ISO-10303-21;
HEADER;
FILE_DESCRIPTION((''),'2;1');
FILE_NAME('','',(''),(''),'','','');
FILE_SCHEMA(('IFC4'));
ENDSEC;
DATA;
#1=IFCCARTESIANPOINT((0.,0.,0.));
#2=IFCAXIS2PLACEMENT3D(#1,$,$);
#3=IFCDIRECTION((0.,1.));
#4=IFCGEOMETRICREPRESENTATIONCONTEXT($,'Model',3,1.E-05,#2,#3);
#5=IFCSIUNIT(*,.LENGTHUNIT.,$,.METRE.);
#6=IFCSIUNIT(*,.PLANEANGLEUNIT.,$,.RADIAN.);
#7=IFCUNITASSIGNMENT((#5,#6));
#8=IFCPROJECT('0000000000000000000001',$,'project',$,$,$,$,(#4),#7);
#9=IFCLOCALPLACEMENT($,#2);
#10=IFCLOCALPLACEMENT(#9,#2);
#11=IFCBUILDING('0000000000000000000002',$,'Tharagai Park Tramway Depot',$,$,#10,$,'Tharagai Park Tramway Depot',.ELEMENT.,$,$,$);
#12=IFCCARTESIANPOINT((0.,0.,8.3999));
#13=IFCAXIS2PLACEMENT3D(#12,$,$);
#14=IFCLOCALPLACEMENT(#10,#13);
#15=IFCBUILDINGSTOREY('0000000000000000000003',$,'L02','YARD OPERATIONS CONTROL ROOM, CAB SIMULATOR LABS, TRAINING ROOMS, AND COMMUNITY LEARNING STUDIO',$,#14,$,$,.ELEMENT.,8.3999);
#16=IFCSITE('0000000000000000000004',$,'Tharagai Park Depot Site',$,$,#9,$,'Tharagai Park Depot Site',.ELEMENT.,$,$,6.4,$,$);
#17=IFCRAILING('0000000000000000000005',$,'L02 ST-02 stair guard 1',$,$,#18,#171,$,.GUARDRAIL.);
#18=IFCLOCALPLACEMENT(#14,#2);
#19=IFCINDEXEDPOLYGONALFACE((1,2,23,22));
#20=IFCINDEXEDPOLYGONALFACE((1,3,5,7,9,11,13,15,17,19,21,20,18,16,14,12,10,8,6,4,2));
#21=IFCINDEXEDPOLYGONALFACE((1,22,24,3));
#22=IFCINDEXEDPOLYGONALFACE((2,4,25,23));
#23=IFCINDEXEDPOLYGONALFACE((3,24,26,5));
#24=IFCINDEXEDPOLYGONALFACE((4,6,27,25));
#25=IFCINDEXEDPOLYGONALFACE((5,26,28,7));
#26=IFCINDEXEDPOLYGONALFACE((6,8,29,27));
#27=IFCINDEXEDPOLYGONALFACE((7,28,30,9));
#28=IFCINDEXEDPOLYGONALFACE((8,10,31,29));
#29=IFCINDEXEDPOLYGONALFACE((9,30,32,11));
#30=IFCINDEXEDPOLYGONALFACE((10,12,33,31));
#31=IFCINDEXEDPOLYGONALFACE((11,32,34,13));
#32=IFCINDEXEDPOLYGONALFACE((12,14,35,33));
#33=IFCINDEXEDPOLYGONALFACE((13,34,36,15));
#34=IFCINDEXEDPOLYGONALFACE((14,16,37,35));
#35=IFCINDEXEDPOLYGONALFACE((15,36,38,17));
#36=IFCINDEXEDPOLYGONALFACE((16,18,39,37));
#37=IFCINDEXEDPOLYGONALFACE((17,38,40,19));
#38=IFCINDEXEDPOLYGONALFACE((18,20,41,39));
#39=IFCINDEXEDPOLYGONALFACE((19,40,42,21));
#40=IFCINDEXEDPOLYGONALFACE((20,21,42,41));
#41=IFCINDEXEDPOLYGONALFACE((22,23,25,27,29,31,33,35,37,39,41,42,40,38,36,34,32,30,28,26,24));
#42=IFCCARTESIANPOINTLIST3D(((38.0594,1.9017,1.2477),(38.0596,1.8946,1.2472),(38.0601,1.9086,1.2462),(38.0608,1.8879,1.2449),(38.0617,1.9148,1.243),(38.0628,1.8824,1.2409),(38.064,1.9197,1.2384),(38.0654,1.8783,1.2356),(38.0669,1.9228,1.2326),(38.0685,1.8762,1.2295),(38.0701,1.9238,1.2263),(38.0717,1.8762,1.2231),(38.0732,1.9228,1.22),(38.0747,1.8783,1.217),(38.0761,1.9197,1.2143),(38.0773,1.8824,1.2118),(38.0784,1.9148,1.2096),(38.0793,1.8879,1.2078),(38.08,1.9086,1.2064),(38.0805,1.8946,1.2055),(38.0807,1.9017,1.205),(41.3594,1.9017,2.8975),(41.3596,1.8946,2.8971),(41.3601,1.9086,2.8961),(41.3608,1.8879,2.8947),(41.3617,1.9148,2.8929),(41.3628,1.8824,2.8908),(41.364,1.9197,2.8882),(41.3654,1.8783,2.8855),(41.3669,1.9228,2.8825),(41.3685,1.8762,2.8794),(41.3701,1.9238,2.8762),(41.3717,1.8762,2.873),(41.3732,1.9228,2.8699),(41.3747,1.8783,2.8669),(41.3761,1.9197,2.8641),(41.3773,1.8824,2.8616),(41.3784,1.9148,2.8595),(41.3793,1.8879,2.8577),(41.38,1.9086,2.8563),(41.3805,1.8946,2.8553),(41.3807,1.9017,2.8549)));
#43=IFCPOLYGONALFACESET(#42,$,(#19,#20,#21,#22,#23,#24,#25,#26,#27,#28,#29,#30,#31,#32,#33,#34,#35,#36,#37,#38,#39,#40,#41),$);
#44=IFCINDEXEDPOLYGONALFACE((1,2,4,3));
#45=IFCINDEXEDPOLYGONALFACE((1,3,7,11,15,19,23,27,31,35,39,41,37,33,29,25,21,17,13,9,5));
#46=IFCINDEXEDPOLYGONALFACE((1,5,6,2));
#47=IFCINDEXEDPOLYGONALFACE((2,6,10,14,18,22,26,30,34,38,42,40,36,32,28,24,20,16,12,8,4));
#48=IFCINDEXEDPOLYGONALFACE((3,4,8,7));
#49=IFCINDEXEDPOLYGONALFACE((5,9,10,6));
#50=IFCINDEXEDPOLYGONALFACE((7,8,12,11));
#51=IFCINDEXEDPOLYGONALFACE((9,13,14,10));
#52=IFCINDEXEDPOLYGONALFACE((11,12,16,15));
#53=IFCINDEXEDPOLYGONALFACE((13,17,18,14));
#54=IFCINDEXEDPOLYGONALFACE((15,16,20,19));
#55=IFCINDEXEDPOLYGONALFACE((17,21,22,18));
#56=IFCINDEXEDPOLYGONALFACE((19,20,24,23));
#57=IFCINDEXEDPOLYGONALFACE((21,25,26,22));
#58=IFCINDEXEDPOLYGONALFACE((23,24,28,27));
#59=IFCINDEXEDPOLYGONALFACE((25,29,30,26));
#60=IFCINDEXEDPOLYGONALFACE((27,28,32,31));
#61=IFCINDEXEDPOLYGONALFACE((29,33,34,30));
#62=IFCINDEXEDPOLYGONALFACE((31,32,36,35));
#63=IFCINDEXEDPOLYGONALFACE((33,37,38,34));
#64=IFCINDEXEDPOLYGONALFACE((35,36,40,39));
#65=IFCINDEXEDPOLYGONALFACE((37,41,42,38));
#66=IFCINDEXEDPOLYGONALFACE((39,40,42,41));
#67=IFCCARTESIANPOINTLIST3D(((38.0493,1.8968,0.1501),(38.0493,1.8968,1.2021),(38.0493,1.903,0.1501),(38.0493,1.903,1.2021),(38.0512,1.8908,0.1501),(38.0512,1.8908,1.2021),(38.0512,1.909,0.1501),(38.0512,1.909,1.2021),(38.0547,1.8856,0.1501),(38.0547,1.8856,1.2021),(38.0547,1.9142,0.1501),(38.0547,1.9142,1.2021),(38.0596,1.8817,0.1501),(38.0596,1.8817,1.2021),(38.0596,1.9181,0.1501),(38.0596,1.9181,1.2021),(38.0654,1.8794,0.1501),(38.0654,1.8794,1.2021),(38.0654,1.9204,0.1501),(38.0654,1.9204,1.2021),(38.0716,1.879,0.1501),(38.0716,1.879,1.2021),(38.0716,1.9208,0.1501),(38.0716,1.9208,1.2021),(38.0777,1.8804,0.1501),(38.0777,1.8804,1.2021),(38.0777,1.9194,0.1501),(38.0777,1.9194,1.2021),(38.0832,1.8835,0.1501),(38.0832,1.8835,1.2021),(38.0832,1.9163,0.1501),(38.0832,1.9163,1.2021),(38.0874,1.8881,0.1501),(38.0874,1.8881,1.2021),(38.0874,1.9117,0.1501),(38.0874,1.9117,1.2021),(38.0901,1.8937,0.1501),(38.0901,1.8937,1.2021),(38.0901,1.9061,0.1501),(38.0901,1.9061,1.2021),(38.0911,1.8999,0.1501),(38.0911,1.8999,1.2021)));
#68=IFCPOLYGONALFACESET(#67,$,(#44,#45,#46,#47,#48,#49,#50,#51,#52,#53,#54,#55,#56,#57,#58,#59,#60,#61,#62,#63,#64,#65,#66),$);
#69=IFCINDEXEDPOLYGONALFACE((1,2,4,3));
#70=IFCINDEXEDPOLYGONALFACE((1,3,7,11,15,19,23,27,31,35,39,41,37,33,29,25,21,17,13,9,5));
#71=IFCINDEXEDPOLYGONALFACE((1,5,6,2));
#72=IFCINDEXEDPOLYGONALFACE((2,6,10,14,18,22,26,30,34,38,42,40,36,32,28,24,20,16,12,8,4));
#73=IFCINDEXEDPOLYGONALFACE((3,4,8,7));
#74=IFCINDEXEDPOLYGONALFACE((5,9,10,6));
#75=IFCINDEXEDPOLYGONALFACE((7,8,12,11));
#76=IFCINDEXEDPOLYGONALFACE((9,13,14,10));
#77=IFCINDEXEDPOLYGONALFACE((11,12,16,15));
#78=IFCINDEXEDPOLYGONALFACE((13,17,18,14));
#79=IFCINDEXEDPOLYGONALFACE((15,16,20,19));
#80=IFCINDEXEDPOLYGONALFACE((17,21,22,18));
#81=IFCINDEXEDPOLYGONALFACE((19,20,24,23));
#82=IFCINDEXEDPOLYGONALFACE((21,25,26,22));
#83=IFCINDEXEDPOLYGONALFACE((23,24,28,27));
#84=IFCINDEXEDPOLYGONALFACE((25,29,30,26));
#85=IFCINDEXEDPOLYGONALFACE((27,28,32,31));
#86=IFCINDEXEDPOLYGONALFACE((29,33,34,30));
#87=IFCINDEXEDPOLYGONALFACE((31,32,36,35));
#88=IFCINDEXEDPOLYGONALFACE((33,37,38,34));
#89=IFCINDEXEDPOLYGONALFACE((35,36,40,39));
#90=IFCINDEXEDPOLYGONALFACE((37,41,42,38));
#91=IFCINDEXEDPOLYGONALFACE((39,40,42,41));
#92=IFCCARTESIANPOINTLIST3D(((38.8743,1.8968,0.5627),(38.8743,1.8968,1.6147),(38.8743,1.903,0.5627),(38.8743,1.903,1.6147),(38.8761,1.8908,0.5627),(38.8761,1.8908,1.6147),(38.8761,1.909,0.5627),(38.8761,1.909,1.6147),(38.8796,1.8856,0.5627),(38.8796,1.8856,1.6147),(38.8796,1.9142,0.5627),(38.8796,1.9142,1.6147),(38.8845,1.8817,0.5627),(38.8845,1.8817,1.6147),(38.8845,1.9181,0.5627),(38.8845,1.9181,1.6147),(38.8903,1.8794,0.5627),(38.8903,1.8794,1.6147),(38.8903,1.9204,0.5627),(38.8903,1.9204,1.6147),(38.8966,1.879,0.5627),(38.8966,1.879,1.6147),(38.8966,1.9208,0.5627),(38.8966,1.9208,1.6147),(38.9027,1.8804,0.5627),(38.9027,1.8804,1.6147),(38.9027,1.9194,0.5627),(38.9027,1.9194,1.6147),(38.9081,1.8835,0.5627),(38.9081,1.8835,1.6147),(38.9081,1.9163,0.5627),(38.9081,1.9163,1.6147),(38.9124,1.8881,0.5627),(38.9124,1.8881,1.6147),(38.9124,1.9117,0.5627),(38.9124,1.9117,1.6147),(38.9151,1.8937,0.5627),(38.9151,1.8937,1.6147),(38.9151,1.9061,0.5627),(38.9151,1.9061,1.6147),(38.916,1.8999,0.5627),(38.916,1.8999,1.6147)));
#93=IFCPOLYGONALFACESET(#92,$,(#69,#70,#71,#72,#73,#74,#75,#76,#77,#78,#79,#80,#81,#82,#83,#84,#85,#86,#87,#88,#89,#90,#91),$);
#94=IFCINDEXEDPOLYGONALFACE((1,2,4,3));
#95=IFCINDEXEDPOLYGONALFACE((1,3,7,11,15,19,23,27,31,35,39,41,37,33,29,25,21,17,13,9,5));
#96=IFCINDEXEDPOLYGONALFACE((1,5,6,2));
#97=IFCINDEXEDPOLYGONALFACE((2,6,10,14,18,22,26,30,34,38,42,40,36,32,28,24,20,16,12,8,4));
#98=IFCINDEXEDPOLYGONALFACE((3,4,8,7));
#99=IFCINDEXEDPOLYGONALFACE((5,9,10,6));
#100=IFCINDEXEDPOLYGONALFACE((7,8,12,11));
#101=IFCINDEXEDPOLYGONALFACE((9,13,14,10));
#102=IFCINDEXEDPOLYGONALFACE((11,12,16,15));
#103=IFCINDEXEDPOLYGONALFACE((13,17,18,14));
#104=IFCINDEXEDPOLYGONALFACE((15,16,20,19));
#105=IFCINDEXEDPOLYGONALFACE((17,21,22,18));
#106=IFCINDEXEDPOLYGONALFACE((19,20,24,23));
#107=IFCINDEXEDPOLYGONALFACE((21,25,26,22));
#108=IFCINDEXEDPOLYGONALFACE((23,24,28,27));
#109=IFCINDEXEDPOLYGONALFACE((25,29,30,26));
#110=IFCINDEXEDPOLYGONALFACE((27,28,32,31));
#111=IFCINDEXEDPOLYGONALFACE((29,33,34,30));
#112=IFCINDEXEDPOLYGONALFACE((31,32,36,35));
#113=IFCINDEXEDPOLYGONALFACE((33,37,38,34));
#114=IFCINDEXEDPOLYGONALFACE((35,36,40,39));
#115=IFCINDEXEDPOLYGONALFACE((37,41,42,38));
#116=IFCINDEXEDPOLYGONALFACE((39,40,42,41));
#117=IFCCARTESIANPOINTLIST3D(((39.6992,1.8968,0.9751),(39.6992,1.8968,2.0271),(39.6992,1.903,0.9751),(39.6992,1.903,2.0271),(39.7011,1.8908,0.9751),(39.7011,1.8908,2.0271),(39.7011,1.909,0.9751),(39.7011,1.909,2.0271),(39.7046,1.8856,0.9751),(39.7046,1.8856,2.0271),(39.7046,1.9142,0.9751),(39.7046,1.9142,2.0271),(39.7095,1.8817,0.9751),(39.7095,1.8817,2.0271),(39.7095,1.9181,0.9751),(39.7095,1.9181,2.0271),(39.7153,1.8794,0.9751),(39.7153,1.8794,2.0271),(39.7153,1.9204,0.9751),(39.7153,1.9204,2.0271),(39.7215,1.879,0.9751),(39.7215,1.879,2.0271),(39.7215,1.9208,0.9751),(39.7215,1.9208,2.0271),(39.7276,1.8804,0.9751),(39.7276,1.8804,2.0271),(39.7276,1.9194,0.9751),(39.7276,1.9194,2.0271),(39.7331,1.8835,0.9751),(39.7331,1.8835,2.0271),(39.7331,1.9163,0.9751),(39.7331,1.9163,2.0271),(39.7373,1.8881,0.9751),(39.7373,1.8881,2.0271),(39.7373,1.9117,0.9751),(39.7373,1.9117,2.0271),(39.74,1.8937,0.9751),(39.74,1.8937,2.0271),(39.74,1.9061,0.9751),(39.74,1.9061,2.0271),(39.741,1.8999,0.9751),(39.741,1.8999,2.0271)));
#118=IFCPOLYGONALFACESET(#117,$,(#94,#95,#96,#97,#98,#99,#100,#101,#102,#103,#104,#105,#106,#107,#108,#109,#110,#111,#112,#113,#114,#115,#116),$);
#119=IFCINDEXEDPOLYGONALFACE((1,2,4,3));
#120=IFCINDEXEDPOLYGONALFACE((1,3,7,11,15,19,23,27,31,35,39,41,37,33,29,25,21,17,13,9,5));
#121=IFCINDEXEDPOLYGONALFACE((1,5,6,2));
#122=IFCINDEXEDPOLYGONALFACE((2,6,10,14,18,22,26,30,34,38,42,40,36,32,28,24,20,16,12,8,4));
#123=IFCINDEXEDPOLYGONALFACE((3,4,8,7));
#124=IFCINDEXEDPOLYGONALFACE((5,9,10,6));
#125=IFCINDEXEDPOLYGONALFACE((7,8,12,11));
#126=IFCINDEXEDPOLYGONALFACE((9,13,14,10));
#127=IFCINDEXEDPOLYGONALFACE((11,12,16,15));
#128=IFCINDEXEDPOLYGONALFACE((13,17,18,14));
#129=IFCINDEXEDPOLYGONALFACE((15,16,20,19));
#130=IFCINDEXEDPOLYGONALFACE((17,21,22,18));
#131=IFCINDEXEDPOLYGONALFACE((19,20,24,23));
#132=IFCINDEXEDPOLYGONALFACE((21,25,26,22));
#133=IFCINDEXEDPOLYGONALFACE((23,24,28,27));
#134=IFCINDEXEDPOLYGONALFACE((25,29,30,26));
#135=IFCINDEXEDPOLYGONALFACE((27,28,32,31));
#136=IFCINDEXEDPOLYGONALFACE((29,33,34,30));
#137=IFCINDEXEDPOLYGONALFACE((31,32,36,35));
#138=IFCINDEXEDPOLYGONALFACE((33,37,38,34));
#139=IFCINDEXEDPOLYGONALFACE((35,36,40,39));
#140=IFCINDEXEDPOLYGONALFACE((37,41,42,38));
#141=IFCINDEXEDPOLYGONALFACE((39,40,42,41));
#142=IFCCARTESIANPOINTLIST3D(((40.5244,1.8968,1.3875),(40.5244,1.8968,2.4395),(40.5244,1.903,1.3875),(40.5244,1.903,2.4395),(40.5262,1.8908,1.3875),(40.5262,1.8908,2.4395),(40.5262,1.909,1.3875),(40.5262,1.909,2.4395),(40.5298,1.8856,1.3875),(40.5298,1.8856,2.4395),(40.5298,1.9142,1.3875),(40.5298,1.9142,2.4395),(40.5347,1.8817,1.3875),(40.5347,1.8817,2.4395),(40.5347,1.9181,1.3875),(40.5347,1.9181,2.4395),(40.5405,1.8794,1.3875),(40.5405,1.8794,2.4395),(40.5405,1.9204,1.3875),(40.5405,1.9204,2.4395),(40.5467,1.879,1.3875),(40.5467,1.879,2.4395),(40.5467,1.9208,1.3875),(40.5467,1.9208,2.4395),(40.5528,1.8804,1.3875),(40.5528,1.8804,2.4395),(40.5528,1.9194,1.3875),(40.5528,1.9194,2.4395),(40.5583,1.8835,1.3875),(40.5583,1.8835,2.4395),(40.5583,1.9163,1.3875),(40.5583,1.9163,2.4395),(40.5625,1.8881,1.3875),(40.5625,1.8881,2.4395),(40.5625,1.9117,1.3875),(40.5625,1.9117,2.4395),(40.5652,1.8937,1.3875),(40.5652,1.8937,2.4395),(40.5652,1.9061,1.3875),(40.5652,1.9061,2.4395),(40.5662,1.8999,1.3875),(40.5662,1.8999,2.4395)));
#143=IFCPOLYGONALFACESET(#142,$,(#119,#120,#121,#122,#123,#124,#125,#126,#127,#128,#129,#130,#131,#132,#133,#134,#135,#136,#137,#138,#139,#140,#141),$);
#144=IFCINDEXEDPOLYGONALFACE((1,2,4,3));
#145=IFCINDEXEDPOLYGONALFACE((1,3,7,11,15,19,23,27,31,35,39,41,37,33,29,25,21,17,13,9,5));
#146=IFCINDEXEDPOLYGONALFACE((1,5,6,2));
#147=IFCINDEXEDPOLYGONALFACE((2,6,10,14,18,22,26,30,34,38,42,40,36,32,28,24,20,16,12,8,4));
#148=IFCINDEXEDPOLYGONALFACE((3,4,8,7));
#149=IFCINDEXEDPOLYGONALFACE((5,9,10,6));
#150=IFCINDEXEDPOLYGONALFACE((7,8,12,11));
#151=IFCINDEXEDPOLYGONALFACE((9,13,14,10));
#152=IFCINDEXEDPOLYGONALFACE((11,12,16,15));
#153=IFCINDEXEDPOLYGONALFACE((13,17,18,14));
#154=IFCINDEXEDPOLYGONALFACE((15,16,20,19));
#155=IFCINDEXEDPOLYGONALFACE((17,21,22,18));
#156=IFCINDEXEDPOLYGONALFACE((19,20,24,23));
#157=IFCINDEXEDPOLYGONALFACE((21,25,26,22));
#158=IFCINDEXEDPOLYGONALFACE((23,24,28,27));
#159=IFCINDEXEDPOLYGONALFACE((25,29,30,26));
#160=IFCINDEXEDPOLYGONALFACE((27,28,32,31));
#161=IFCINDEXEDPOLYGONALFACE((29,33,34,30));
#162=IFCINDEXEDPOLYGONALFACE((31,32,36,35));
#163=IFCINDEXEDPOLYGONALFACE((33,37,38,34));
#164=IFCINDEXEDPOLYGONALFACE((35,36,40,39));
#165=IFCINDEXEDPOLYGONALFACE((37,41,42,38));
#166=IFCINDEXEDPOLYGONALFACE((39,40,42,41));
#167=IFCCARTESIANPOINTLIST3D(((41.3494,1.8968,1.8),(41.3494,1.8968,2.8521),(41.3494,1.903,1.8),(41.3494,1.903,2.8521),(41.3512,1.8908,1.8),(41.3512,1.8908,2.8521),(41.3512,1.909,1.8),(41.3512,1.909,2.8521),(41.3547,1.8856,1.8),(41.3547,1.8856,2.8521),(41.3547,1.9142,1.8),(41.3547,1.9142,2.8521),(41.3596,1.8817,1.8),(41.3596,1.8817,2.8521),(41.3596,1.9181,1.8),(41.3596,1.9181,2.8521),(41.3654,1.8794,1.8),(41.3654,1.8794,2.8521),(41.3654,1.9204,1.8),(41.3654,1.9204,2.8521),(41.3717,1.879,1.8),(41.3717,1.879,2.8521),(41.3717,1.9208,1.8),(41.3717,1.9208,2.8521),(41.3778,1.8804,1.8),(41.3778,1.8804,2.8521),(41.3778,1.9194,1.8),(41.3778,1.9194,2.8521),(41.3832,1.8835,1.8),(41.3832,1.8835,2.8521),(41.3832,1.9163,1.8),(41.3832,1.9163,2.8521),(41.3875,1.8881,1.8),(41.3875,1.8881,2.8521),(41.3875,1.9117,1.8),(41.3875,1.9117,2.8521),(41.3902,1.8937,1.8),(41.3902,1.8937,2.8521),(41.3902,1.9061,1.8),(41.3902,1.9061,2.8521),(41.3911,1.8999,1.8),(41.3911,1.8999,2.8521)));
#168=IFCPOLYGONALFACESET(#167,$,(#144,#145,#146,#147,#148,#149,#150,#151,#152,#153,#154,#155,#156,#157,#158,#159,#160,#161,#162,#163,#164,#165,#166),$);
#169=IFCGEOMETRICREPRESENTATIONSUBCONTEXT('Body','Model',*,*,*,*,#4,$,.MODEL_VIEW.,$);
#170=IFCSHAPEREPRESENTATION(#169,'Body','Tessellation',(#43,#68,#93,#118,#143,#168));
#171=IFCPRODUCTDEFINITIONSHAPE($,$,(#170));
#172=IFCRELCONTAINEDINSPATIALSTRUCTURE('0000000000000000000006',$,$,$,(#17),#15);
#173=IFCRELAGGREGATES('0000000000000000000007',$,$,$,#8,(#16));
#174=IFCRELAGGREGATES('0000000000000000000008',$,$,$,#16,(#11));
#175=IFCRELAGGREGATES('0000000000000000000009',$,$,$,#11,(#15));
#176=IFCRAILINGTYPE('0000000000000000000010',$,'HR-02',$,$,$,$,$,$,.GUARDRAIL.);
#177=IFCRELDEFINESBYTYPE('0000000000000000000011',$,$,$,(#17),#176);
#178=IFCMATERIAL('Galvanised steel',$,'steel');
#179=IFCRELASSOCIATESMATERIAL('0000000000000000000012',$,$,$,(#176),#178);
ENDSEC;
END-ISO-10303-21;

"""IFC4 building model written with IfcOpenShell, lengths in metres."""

from ifc_helpers import new_model, si_unit, direction, frame, origin, origin_2d, place, context, subcontext, project, spatial, circle, extrude, material, type_object, element, save


model = new_model("IFC4")

# Units and contexts
model_context = context("Model", 3, precision=1e-05, world=origin(), true_north=direction((0.0, 1.0)))
body_context = subcontext(model_context, "Body", "Model", "MODEL_VIEW")
ifc_project = project(units=[si_unit("LENGTHUNIT", "METRE"), si_unit("PLANEANGLEUNIT", "RADIAN")], contexts=[model_context])

# Site, building, storey
site_placement = place(None, origin())
site = spatial("IfcSite", under=ifc_project, at=site_placement, Name="Tharagai Park Depot Site", LongName="Tharagai Park Depot Site", CompositionType="ELEMENT", RefElevation=6.4)
building_placement = place(site_placement, origin())
building = spatial("IfcBuilding", under=site, at=building_placement, Name="Tharagai Park Tramway Depot", LongName="Tharagai Park Tramway Depot", CompositionType="ELEMENT")
storey_placement = place(building_placement, frame((0.0, 0.0, 8.3999)))
storey = spatial("IfcBuildingStorey", under=building, at=storey_placement, Name="L02", Description="YARD OPERATIONS CONTROL ROOM, CAB SIMULATOR LABS, TRAINING ROOMS, AND COMMUNITY LEARNING STUDIO", CompositionType="ELEMENT", Elevation=8.3999)

# Railing
ifc_material_1 = material(Name="Galvanised steel", Category="steel")
railing_type_1 = type_object("IfcRailingType", Name="HR-02", PredefinedType="GUARDRAIL", material=ifc_material_1)
railing_1_placement = place(storey_placement, frame((38.0701, 1.8999, 0.1501)))
element("IfcRailing", 1, at=railing_1_placement, inside=storey, type_object=railing_type_1, Name="L02 ST-02 stair guard 1", PredefinedType="GUARDRAIL", context=body_context, shape_type="SweptSolid", body=[
    extrude(circle(Radius=0.0239, at=origin_2d()), frame((0.0, 0.0, 1.0762), z_axis=(0.89444, 0.0, 0.447187), x_axis=(0.0, 1.0, 0.0)), (0.0, 0.0, 1.0), 3.6895),
    extrude(circle(Radius=0.021, at=origin_2d()), origin(), (0.0, 0.0, 1.0), 1.052),
    extrude(circle(Radius=0.021, at=origin_2d()), frame((0.825, 0.0, 0.4126)), (0.0, 0.0, 1.0), 1.052),
    extrude(circle(Radius=0.021, at=origin_2d()), frame((1.6499, 0.0, 0.825)), (0.0, 0.0, 1.0), 1.052),
    extrude(circle(Radius=0.021, at=origin_2d()), frame((2.4751, 0.0, 1.2373)), (0.0, 0.0, 1.0), 1.052),
    extrude(circle(Radius=0.021, at=origin_2d()), frame((3.3, 0.0, 1.6499)), (0.0, 0.0, 1.0), 1.052),
])

save(model, "model.ifc")
